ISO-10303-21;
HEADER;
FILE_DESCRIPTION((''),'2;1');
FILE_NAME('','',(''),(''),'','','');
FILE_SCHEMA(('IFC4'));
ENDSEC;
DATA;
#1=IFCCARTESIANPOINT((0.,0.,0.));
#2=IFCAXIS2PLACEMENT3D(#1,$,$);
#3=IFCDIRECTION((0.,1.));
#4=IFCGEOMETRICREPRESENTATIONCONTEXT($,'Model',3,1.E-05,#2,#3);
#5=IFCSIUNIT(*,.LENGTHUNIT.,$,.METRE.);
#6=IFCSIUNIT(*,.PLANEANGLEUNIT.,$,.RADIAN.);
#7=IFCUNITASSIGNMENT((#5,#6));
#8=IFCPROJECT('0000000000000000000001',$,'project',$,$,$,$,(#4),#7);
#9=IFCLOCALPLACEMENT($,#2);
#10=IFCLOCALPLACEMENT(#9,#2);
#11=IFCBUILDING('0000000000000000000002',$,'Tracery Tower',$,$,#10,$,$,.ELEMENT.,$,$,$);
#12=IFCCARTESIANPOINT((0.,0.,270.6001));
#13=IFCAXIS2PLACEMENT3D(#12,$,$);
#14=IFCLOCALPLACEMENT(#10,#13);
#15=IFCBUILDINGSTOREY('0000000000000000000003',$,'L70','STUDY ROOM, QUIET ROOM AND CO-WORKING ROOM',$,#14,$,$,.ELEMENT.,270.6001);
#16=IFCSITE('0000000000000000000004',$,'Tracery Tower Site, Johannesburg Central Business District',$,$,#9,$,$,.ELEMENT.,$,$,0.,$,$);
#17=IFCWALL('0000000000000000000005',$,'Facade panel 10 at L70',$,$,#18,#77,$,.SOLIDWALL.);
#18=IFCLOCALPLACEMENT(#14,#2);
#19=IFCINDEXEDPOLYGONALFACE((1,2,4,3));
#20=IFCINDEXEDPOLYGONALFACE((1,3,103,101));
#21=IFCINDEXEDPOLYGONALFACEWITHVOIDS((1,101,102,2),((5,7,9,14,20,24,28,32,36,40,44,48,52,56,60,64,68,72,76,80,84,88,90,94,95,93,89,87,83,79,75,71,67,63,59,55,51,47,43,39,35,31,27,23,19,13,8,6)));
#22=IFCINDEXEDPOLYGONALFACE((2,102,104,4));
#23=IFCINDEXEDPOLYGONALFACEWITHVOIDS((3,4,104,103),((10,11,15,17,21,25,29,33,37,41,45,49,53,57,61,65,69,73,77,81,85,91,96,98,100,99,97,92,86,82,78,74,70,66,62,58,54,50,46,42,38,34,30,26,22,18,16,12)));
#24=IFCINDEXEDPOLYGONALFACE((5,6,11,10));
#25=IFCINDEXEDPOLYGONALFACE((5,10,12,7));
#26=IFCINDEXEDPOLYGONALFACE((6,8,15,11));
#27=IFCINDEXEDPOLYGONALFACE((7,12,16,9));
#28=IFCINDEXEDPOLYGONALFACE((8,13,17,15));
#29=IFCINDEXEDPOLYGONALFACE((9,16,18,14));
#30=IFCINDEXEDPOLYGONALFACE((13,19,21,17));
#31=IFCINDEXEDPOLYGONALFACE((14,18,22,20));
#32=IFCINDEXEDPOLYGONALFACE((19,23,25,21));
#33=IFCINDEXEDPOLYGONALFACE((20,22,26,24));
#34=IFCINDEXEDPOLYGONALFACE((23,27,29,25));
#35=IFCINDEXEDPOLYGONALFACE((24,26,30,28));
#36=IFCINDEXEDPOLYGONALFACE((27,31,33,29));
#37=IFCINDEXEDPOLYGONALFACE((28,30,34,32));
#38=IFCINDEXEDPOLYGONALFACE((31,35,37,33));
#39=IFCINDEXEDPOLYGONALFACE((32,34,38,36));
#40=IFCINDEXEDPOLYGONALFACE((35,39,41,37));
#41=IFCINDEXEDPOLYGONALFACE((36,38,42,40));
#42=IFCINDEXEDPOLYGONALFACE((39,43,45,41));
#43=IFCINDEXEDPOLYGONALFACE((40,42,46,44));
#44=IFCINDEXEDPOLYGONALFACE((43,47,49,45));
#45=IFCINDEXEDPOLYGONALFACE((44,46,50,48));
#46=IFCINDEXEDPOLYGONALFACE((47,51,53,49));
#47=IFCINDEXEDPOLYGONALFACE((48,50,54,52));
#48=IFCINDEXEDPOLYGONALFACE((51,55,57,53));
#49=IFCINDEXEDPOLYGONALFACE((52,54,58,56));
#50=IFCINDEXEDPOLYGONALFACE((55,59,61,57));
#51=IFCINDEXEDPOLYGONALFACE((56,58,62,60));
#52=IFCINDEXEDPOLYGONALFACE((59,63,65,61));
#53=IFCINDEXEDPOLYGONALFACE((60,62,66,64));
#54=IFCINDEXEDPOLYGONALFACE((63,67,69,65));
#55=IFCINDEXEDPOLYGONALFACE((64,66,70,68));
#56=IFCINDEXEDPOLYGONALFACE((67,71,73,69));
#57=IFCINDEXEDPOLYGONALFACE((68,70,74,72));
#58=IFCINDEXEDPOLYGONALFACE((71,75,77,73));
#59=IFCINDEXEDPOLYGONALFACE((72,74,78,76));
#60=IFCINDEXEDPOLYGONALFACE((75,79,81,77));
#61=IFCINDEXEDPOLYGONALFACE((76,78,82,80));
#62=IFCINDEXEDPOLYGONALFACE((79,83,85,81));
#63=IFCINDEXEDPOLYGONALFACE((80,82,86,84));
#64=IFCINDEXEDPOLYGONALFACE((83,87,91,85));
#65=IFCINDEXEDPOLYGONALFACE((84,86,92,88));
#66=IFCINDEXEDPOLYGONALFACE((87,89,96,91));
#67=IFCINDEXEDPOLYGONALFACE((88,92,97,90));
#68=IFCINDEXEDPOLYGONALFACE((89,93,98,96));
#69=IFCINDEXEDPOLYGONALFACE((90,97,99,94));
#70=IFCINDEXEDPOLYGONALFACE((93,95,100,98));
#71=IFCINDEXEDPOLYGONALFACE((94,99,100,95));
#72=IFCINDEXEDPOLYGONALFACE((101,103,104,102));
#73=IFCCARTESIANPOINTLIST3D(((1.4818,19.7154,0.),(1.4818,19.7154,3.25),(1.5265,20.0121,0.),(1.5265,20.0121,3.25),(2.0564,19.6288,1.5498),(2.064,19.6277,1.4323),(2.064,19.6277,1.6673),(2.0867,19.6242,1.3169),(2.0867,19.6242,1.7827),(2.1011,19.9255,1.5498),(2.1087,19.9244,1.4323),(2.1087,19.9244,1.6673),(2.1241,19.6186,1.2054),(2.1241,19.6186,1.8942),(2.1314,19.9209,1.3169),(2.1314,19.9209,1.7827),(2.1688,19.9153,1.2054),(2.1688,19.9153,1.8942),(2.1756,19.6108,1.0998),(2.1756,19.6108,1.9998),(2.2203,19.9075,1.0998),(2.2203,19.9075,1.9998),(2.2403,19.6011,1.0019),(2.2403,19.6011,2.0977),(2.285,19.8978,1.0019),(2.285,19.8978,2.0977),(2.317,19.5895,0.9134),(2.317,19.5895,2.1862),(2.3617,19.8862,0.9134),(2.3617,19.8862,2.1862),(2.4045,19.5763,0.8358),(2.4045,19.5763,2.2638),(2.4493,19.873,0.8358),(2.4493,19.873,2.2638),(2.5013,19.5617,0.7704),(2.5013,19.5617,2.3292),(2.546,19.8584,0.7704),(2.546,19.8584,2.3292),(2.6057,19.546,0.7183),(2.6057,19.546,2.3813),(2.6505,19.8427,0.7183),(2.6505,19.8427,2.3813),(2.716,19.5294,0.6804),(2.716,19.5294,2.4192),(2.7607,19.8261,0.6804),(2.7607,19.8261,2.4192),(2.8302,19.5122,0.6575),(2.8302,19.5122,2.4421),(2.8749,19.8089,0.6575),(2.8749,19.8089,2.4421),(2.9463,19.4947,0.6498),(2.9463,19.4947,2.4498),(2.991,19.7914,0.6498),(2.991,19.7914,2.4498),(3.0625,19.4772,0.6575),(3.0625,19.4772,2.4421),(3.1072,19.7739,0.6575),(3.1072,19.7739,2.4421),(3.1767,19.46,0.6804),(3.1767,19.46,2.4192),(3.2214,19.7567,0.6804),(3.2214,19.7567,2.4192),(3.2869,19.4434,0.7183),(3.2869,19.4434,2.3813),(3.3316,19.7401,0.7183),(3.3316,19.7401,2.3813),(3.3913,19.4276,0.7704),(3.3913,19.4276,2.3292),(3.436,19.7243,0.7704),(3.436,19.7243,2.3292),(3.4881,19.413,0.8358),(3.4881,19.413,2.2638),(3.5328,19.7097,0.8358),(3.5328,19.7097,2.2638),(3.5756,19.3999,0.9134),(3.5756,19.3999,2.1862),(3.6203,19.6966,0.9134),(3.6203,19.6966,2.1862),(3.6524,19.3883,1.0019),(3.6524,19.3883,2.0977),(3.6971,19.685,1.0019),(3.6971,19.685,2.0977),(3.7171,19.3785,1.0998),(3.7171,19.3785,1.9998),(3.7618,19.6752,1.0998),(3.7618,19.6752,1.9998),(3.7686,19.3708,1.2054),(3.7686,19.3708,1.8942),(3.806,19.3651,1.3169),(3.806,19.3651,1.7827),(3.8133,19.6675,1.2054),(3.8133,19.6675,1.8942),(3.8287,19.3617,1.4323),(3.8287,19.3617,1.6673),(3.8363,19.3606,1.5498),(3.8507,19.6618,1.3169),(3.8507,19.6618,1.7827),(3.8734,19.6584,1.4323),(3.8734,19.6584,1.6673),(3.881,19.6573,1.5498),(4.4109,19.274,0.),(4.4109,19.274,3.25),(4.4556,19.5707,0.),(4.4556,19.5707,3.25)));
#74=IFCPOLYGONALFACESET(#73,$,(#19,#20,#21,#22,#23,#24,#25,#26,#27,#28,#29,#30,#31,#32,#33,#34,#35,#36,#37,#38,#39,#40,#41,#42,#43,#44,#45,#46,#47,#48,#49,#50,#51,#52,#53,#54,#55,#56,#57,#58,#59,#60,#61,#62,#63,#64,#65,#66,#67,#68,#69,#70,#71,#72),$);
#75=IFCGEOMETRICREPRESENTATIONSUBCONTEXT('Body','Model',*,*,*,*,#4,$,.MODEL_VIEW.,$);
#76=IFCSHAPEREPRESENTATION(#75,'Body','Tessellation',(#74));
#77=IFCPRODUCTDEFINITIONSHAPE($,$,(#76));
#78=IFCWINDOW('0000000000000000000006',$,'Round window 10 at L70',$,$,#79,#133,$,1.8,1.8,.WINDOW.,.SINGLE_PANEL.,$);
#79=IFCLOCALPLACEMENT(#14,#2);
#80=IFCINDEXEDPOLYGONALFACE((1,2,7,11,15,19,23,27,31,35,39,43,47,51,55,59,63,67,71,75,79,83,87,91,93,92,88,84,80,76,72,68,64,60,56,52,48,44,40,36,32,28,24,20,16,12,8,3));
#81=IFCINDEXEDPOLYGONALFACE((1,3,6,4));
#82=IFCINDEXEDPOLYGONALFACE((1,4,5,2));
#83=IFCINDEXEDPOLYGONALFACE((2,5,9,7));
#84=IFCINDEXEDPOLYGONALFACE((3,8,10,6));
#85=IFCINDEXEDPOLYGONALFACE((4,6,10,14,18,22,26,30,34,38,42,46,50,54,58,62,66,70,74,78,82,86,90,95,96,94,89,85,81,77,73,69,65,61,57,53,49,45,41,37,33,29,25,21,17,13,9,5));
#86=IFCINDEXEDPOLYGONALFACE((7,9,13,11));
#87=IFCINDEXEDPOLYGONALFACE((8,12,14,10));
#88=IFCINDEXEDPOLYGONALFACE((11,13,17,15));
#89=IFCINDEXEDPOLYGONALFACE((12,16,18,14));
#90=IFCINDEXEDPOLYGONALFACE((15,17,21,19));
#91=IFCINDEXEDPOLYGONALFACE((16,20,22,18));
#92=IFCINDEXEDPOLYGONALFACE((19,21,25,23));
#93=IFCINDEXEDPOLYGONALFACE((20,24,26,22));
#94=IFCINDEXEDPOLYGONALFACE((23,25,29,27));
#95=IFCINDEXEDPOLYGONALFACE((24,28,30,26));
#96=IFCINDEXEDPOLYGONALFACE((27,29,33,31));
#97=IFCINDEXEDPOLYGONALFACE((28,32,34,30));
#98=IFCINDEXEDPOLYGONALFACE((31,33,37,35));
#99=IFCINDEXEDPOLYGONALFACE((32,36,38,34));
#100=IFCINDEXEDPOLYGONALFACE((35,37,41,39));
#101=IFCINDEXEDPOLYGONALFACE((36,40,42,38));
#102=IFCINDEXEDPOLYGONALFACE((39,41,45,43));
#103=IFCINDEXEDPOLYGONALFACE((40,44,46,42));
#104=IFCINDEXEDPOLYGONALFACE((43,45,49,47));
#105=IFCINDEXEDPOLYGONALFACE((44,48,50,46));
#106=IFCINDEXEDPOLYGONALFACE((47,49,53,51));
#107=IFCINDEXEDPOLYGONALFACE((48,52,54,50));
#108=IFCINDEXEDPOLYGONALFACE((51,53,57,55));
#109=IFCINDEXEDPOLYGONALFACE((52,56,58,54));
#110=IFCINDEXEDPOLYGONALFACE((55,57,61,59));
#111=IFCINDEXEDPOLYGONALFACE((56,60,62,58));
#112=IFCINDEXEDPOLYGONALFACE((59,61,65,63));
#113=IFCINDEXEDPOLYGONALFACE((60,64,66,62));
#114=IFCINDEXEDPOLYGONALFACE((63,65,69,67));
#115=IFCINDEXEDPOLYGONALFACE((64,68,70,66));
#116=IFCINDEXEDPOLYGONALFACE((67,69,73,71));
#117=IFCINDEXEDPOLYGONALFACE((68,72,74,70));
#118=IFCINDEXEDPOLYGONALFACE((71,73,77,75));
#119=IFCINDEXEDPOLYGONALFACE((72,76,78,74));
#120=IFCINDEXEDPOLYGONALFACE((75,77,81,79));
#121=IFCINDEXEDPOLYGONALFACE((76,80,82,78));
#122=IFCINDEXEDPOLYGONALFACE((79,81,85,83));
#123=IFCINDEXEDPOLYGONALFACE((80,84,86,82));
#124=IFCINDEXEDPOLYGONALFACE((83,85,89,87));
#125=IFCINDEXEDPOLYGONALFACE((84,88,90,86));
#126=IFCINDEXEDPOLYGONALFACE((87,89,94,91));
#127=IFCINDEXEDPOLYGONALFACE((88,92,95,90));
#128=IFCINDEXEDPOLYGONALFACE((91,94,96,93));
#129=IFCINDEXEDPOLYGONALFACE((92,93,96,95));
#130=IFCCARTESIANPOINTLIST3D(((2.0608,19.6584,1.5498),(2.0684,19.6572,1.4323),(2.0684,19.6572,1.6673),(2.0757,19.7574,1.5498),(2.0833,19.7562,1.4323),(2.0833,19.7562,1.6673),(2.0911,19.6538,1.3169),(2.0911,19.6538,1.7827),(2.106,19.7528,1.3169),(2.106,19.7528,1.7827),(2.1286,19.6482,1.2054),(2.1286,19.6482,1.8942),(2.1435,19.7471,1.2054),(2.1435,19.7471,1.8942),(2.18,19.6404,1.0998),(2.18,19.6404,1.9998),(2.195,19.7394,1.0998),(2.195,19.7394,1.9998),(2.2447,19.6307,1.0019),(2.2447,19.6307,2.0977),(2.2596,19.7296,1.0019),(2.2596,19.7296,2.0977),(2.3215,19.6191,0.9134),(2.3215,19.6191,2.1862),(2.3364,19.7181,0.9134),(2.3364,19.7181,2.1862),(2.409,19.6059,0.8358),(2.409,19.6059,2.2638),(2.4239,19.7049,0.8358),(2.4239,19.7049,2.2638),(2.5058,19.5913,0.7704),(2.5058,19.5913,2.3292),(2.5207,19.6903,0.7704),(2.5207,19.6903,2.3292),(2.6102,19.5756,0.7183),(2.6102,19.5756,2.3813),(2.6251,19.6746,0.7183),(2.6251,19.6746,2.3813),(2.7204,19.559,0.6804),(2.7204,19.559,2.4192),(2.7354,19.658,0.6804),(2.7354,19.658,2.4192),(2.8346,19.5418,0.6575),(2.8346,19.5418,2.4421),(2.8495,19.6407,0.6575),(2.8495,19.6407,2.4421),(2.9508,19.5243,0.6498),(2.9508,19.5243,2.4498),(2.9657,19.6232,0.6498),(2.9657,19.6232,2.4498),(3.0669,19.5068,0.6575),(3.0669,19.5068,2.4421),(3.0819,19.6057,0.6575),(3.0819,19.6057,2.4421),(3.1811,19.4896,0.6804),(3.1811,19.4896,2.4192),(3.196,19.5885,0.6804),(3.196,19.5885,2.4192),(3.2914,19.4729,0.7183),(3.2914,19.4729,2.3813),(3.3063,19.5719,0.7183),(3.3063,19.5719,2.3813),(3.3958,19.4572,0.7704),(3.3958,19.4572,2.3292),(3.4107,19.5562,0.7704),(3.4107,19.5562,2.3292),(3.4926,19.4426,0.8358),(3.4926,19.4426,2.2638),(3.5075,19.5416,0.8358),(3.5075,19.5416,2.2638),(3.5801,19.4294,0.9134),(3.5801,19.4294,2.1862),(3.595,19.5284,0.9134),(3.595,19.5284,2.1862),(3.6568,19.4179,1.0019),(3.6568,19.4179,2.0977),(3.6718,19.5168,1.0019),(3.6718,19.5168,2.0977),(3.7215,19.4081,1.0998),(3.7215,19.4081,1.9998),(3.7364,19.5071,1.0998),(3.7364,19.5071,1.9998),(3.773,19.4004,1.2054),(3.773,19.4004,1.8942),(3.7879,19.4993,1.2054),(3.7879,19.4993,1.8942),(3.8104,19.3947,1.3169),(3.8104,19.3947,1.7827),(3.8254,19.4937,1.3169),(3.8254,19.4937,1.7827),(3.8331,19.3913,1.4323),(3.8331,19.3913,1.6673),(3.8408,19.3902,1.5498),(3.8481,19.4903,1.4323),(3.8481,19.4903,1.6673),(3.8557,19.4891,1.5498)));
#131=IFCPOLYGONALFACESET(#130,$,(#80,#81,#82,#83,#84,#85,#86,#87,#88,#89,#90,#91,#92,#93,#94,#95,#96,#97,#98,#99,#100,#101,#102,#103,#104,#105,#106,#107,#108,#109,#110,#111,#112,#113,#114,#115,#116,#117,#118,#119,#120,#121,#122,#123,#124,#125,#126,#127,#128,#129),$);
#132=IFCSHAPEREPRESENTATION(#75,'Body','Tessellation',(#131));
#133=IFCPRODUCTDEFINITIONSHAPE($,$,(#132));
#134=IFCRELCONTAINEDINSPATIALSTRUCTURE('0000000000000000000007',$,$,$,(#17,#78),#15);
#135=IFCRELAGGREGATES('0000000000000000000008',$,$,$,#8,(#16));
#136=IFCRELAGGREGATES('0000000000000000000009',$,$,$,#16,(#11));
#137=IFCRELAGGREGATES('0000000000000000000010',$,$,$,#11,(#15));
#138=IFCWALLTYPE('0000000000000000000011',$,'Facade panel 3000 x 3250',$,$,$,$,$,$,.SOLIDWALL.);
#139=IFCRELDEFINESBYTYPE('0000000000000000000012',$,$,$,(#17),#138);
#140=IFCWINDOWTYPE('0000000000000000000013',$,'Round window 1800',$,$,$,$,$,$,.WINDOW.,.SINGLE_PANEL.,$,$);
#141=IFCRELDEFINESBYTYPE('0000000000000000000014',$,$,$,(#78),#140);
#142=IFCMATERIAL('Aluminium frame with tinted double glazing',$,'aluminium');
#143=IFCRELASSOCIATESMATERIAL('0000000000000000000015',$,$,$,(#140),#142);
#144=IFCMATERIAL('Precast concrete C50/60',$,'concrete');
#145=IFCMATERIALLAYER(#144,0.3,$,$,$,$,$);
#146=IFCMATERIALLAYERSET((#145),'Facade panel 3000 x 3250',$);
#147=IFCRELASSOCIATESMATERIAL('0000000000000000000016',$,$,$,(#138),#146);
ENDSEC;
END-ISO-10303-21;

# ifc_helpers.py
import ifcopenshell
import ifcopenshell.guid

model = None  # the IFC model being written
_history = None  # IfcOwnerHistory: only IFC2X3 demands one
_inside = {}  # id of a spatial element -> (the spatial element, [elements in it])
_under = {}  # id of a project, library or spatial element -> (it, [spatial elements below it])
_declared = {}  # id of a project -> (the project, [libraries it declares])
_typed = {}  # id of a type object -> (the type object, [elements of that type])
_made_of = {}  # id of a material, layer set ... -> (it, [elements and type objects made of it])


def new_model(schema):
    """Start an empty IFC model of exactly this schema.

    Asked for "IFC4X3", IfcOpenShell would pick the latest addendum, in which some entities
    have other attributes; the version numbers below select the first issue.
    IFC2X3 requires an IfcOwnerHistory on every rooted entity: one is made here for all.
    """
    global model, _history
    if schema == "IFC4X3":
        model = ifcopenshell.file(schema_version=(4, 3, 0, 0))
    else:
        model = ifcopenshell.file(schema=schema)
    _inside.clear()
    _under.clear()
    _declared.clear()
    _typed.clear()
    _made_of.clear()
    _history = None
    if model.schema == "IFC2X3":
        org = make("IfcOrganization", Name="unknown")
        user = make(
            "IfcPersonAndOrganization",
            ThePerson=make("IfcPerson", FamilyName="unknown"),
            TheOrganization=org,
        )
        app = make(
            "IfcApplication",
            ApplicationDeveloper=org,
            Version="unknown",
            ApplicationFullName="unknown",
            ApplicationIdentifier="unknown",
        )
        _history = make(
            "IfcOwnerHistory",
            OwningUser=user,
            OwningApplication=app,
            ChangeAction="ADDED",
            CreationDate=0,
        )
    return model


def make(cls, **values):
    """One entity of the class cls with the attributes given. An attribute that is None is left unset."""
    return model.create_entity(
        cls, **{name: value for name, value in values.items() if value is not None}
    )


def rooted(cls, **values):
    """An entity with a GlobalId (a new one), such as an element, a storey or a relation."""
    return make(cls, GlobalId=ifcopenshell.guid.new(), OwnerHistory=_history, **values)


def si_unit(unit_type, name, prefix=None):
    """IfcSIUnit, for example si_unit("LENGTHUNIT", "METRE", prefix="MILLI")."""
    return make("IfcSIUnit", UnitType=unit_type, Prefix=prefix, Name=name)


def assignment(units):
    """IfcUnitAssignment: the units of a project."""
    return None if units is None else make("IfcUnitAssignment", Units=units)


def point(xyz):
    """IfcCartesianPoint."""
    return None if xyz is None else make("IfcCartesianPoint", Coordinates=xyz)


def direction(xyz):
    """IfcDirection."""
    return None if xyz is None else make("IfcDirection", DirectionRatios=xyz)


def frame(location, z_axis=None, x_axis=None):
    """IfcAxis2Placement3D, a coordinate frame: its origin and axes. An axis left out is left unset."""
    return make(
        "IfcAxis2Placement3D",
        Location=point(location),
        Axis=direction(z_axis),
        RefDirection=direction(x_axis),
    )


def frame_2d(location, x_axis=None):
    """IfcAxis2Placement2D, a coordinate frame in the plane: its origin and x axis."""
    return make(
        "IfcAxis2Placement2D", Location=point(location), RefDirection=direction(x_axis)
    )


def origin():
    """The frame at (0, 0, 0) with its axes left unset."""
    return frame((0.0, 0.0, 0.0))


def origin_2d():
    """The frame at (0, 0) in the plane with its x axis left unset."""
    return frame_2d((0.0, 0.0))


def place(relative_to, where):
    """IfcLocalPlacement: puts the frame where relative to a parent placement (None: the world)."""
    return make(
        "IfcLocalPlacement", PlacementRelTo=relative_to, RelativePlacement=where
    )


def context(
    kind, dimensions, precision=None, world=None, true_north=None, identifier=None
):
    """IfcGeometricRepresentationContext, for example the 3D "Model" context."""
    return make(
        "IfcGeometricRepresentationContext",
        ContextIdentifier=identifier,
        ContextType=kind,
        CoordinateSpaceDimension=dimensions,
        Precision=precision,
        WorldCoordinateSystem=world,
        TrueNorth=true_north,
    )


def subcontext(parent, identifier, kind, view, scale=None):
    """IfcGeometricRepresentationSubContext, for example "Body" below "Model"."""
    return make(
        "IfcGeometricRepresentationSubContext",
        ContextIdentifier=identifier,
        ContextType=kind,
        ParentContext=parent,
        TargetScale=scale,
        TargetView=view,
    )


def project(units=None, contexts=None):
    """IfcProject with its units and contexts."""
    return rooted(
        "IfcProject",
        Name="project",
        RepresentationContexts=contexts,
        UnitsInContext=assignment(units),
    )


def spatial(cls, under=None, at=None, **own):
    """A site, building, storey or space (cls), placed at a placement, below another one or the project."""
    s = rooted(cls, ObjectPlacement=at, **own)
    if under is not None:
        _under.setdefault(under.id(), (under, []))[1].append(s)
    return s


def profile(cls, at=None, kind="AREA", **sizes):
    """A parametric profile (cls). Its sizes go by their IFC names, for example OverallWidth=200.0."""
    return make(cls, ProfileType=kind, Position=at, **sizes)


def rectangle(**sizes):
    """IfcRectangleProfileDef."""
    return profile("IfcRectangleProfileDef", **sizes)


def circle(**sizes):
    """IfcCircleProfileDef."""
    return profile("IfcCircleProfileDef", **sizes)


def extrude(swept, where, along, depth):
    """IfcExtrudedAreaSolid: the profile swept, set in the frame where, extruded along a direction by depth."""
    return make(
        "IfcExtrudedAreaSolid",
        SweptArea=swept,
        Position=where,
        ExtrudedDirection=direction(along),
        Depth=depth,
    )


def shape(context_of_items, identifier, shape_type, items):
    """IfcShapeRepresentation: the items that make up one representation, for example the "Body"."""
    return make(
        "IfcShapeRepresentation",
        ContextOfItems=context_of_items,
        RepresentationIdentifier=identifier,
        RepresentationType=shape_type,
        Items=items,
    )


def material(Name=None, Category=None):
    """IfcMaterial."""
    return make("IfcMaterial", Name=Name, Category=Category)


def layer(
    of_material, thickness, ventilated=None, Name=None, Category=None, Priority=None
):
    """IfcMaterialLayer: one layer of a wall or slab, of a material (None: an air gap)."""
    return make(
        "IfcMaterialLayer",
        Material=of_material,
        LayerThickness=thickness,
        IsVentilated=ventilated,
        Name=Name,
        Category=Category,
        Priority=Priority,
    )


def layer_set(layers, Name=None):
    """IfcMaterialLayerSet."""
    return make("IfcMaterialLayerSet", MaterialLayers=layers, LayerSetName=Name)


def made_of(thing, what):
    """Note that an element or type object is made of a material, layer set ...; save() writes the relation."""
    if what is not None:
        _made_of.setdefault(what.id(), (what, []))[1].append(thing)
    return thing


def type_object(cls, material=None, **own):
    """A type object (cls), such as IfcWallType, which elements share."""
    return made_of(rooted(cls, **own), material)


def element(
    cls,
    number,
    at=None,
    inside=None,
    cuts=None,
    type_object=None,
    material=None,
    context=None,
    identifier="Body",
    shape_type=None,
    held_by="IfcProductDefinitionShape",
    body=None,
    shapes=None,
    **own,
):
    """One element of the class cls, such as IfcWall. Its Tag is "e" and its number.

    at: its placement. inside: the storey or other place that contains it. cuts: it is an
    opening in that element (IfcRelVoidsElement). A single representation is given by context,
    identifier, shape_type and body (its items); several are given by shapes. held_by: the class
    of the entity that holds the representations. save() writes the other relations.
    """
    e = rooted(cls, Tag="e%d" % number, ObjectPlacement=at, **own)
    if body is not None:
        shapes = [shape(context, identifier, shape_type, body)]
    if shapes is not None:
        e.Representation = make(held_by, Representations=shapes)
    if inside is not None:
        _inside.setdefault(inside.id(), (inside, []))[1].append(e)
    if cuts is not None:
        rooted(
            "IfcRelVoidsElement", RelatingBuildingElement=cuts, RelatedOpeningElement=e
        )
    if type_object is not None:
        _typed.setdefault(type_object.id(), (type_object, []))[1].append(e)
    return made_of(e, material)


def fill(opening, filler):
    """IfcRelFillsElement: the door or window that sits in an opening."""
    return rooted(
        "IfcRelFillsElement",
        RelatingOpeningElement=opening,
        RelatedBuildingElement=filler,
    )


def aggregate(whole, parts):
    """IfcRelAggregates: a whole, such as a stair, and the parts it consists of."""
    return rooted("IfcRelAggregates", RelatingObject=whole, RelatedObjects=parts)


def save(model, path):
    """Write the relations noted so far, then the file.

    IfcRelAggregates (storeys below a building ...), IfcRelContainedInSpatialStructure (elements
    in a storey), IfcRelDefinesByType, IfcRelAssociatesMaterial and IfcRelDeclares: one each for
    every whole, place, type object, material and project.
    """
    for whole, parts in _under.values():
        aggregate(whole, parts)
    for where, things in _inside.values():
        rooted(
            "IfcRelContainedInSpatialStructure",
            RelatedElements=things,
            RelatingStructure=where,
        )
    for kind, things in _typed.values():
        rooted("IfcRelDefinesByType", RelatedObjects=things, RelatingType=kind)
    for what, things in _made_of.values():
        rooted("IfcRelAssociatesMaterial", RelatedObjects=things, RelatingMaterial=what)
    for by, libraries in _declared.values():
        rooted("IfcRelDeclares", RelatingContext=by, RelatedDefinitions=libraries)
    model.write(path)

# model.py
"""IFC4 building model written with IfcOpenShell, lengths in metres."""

from ifc_helpers import new_model, si_unit, direction, frame, frame_2d, origin, origin_2d, place, context, subcontext, project, spatial, rectangle, circle, extrude, material, layer, layer_set, type_object, element, fill, save


model = new_model("IFC4")

# Units and contexts
model_context = context("Model", 3, precision=1e-05, world=origin(), true_north=direction((0.0, 1.0)))
body_context = subcontext(model_context, "Body", "Model", "MODEL_VIEW")
ifc_project = project(units=[si_unit("LENGTHUNIT", "METRE"), si_unit("PLANEANGLEUNIT", "RADIAN")], contexts=[model_context])

# Site, building, storey
site_placement = place(None, origin())
site = spatial("IfcSite", under=ifc_project, at=site_placement, Name="Tracery Tower Site, Johannesburg Central Business District", CompositionType="ELEMENT", RefElevation=0.0)
building_placement = place(site_placement, origin())
building = spatial("IfcBuilding", under=site, at=building_placement, Name="Tracery Tower", CompositionType="ELEMENT")
storey_placement = place(building_placement, frame((0.0, 0.0, 270.6001)))
storey = spatial("IfcBuildingStorey", under=building, at=storey_placement, Name="L70", Description="STUDY ROOM, QUIET ROOM AND CO-WORKING ROOM", CompositionType="ELEMENT", Elevation=270.6001)

# Wall, opening, window
ifc_material_1 = material(Name="Aluminium frame with tinted double glazing", Category="aluminium")
window_type = type_object("IfcWindowType", Name="Round window 1800", PartitioningType="SINGLE_PANEL", PredefinedType="WINDOW", material=ifc_material_1)
ifc_material_2 = material(Name="Precast concrete C50/60", Category="concrete")
ifc_layer_1 = layer(ifc_material_2, 0.3)
ifc_layer_set_1 = layer_set([ifc_layer_1], Name="Facade panel 3000 x 3250")
wall_type_1 = type_object("IfcWallType", Name="Facade panel 3000 x 3250", PredefinedType="SOLIDWALL", material=ifc_layer_set_1)
wall_1_placement = place(storey_placement, frame((4.4331, 19.4224, 0.0), z_axis=(0.0, 0.0, 1.0), x_axis=(-0.988836, 0.149009, 0.0)))
wall_1 = element("IfcWall", 1, at=wall_1_placement, inside=storey, type_object=wall_type_1, Name="Facade panel 10 at L70", PredefinedType="SOLIDWALL", context=body_context, shape_type="SweptSolid", body=[
    extrude(rectangle(XDim=2.9622, YDim=0.3, at=frame_2d((1.481, 0.0))), origin(), (0.0, 0.0, 1.0), 3.25),
])
opening_1_placement = place(wall_1_placement, frame((1.481, 0.0, 1.5498)))
opening_1 = element("IfcOpeningElement", 2, at=opening_1_placement, cuts=wall_1, PredefinedType="OPENING", context=body_context, shape_type="SweptSolid", body=[
    extrude(circle(Radius=0.9, at=origin_2d()), frame((0.0, 0.1599, 0.0), z_axis=(0.0, -1.0, 0.0), x_axis=(1.0, 0.0, 0.0)), (0.0, 0.0, 1.0), 0.3201),
])
window_1_placement = place(opening_1_placement, origin())
window_1 = element("IfcWindow", 3, at=window_1_placement, inside=storey, type_object=window_type, Name="Round window 10 at L70", OverallHeight=1.8, OverallWidth=1.8, PartitioningType="SINGLE_PANEL", PredefinedType="WINDOW", context=body_context, shape_type="SweptSolid", body=[
    extrude(circle(Radius=0.9, at=origin_2d()), frame((0.0, 0.1201, 0.0), z_axis=(0.0, -1.0, 0.0), x_axis=(1.0, 0.0, 0.0)), (0.0, 0.0, 1.0), 0.1001),
])
fill(opening_1, window_1)

save(model, "model.ifc")
